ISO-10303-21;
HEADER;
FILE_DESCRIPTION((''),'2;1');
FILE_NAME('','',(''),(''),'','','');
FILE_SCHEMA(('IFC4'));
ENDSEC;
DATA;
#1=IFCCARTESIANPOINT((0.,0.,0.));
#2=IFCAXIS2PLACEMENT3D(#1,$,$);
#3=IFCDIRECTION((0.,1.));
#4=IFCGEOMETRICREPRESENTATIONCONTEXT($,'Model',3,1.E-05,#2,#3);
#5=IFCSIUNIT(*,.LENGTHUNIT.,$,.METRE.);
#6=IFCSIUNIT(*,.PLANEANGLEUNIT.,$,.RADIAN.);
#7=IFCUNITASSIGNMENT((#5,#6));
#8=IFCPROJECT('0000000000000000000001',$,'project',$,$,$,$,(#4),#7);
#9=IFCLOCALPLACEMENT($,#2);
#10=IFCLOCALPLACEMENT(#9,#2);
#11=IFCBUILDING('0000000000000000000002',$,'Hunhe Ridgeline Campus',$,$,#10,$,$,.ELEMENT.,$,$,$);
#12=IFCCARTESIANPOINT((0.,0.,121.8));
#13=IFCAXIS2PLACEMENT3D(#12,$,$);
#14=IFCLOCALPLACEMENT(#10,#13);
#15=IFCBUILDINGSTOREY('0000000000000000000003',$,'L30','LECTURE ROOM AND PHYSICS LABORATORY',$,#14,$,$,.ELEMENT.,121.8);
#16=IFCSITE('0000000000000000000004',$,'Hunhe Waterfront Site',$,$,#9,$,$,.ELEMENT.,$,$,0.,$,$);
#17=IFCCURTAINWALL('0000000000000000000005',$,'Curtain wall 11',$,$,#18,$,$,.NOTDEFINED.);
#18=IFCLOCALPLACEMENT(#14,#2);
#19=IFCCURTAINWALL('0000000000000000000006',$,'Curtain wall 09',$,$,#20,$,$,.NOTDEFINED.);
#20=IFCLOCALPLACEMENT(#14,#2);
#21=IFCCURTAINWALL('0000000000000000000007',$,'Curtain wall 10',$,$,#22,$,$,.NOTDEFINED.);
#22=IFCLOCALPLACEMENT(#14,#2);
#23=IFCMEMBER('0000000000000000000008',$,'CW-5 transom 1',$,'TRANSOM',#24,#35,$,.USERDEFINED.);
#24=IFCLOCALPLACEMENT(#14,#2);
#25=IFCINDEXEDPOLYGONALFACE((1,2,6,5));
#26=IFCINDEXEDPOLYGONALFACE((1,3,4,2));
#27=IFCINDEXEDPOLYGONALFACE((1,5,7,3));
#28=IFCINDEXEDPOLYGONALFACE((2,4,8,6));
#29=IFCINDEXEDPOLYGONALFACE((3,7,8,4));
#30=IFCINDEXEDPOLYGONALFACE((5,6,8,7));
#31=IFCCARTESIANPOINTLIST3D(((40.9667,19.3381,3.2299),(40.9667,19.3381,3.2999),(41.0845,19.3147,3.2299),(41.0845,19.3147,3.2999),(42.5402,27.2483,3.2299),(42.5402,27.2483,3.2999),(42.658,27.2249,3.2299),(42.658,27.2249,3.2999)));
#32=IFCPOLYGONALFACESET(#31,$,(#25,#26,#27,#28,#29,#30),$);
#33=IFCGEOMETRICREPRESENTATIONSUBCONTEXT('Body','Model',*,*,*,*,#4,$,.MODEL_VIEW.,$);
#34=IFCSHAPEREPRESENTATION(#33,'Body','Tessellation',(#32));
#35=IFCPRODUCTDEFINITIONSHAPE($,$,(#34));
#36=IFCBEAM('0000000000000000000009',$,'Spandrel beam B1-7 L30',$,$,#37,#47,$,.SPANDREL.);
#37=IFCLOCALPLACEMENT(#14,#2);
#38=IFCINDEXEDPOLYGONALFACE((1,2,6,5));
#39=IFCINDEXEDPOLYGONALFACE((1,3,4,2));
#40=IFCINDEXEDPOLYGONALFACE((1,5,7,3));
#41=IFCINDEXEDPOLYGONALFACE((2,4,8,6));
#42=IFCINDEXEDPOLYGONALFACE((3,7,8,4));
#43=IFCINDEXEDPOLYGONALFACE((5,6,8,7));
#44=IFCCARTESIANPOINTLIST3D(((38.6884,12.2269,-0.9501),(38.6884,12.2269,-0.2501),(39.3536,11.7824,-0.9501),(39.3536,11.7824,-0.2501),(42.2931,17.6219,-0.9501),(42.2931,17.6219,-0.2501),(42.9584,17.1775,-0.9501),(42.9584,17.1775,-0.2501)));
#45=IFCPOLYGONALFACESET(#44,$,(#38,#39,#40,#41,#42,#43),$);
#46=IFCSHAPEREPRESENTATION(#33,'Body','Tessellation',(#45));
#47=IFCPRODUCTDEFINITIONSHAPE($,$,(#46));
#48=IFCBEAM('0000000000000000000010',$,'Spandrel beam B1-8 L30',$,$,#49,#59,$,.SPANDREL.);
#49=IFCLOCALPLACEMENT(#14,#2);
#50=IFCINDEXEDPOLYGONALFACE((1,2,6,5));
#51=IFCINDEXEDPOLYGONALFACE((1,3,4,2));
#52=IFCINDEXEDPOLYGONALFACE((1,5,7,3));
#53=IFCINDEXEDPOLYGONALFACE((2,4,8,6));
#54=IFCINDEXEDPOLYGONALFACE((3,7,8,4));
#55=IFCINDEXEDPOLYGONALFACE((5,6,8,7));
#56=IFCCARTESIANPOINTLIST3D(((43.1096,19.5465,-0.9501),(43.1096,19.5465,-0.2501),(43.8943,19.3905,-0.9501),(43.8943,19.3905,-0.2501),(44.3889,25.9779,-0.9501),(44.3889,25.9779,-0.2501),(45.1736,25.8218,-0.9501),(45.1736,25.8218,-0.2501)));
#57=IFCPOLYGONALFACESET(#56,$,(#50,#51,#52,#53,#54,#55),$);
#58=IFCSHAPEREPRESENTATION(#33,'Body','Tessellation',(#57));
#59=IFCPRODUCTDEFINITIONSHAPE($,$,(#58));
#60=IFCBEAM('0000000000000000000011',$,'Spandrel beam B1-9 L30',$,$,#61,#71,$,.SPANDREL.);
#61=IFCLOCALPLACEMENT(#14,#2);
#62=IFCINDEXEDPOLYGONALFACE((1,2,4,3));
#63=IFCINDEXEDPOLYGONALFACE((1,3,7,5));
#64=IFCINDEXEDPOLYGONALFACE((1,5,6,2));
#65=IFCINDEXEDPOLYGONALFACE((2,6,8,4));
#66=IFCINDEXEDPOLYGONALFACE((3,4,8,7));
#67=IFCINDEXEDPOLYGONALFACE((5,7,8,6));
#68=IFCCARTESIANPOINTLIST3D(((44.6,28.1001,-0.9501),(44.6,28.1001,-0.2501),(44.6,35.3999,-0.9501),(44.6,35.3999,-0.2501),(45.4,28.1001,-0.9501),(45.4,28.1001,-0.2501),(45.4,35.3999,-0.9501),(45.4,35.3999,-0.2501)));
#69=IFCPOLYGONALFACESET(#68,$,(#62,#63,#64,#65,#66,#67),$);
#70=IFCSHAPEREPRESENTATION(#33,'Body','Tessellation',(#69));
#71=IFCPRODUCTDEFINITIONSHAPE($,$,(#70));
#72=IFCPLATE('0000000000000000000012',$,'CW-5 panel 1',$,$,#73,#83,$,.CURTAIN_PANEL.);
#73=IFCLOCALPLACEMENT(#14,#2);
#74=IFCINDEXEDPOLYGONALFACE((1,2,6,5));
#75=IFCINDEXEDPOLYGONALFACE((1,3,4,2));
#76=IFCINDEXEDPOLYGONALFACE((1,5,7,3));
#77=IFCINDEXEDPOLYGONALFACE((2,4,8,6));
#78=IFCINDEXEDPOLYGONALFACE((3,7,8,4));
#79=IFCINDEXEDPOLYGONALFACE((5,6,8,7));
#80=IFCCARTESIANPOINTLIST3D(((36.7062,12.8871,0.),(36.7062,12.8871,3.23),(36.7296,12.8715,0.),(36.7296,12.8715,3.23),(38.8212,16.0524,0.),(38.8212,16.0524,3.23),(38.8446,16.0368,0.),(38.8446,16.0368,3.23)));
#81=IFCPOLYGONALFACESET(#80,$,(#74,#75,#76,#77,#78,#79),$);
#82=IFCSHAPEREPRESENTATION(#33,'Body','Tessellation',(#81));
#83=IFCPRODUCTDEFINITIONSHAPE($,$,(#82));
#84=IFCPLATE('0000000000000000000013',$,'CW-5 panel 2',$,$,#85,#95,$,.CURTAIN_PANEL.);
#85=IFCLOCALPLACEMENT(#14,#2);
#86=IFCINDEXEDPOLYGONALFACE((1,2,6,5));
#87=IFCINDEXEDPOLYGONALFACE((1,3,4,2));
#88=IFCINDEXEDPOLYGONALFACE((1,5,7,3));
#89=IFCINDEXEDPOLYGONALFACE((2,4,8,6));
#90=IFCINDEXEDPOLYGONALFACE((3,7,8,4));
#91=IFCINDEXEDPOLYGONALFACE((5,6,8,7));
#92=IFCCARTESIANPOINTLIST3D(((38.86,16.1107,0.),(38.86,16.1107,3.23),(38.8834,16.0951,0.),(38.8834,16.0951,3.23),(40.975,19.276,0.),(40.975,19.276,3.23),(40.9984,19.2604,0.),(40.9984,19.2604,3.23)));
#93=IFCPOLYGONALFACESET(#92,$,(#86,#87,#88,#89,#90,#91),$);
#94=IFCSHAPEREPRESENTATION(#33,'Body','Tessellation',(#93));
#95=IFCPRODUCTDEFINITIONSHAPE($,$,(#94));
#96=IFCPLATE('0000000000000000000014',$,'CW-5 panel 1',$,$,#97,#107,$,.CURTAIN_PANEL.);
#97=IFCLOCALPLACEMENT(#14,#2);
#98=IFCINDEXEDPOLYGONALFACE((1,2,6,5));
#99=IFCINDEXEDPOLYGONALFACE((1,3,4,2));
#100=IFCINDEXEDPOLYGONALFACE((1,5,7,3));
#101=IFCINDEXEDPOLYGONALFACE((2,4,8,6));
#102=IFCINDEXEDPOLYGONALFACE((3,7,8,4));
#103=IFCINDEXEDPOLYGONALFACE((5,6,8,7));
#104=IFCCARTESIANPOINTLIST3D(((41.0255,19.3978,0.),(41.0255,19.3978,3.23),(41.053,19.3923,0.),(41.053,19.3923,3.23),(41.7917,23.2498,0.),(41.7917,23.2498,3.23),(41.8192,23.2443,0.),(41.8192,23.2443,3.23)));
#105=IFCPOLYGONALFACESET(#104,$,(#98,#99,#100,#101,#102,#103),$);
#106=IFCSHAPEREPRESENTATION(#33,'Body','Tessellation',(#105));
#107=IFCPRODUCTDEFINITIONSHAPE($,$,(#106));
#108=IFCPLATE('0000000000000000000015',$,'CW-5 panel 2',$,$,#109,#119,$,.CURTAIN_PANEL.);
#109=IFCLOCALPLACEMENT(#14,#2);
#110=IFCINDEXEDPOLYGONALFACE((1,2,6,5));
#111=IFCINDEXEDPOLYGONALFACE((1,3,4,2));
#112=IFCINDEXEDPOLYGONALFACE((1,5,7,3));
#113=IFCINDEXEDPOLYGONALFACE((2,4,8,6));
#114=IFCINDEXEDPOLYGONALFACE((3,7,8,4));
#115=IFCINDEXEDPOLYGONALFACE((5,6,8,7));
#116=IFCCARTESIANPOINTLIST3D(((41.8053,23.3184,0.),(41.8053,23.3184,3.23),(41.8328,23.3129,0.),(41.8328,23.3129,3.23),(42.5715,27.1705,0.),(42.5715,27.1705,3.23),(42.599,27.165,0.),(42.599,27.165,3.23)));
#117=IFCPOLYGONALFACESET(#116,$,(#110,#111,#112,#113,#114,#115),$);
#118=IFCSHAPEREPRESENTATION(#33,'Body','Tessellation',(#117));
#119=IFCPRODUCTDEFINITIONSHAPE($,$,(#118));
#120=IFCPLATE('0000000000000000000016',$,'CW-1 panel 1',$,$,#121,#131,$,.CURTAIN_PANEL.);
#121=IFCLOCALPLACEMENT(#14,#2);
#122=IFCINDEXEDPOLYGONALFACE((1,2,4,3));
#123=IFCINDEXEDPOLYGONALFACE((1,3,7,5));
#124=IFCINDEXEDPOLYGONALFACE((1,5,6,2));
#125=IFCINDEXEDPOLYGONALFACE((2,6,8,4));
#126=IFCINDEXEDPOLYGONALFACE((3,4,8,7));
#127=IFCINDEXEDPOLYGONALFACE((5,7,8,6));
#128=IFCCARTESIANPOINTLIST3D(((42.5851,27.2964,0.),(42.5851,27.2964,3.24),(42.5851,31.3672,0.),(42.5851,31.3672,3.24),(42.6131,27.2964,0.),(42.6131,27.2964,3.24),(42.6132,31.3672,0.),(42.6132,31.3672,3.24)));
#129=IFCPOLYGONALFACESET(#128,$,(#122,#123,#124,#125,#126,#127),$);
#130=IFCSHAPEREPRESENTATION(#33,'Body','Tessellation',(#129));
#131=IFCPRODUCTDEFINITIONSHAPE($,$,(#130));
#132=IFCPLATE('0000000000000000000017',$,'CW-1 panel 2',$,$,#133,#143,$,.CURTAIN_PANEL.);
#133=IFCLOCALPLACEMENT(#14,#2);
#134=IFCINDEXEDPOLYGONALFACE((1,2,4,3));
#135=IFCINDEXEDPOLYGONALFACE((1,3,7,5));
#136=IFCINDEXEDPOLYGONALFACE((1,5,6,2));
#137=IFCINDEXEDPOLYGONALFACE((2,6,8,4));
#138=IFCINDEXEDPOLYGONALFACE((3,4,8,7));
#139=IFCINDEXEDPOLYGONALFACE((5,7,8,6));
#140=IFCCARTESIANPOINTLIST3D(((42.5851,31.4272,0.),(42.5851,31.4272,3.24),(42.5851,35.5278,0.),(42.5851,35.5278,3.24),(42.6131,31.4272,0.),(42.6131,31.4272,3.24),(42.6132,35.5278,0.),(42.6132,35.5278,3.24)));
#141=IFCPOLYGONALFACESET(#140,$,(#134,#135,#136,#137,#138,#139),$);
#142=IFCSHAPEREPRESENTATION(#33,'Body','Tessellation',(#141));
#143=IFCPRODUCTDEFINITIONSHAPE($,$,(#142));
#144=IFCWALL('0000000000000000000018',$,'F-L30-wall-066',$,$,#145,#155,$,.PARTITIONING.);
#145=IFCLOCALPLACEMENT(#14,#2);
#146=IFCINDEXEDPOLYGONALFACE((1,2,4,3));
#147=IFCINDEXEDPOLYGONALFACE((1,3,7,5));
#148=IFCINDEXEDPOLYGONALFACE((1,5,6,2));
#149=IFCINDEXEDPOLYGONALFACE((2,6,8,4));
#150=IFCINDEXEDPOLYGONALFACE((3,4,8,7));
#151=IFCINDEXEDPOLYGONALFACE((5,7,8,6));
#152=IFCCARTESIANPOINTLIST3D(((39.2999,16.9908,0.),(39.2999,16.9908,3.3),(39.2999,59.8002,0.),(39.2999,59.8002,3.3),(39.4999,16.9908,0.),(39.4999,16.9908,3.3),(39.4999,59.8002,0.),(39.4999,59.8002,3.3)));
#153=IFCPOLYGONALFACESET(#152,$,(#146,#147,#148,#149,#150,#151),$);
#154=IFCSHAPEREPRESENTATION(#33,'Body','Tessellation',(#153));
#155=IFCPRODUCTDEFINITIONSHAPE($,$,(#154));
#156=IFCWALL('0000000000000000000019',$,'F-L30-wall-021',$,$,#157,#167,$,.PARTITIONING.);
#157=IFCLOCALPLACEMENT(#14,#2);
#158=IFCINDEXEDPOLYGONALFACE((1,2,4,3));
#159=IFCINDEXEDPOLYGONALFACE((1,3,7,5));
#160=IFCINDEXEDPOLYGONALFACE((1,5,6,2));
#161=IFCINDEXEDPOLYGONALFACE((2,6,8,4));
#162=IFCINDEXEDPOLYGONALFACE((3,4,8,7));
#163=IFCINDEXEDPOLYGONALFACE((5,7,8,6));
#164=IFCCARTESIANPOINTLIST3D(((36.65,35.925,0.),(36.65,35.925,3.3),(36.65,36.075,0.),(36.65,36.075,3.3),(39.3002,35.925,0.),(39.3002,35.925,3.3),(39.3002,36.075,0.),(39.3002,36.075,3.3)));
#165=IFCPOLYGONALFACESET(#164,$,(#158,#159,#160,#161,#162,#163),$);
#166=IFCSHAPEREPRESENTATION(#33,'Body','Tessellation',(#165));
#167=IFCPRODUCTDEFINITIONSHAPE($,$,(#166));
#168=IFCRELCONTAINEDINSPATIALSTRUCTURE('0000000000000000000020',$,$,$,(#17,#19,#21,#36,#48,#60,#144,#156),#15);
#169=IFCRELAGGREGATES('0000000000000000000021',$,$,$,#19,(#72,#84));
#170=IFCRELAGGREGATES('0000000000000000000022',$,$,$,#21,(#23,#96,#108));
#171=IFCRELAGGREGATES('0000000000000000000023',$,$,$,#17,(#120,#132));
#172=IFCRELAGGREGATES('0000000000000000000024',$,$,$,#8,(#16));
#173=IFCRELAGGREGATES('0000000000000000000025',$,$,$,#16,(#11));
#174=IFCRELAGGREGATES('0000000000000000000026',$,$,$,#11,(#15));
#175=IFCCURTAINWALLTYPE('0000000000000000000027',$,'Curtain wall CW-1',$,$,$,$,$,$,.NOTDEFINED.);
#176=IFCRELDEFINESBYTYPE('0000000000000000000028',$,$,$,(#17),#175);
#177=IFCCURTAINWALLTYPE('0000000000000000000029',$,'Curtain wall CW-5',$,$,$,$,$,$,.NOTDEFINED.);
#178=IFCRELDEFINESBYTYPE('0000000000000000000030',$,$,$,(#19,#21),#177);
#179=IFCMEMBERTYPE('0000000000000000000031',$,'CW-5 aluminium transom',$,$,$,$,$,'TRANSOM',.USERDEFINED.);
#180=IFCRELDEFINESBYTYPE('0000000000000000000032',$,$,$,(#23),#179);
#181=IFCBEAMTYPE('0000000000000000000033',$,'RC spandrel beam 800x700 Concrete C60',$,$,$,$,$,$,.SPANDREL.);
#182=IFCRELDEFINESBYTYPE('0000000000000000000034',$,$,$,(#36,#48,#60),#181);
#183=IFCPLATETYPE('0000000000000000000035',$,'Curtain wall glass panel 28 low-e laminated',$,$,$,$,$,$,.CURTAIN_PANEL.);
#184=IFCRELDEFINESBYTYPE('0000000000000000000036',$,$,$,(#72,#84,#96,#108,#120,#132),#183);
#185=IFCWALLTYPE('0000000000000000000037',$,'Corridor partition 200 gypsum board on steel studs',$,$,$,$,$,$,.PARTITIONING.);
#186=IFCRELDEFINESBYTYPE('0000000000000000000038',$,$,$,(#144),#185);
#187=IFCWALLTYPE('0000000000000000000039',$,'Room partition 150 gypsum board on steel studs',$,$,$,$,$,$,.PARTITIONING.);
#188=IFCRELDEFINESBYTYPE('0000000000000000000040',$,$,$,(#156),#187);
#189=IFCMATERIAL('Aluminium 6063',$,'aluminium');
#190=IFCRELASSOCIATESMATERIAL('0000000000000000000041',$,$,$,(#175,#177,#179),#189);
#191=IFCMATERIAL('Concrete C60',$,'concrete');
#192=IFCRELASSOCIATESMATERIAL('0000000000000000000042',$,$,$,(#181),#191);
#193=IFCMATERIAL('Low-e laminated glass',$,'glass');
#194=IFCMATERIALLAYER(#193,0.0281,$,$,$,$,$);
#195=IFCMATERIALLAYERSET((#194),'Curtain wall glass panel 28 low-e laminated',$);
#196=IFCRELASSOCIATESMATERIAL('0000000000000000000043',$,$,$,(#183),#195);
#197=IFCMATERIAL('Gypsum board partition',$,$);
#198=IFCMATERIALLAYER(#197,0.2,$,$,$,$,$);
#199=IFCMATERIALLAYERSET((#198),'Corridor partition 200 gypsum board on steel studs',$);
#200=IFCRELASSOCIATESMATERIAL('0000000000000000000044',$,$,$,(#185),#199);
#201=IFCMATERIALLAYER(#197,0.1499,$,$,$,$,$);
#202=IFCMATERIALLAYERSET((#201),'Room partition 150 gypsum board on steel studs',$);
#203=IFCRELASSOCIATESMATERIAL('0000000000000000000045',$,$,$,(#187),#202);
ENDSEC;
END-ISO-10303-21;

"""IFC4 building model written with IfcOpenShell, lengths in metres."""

from ifc_helpers import new_model, si_unit, direction, frame, frame_2d, origin, origin_2d, place, context, subcontext, project, spatial, rectangle, extrude, material, layer, layer_set, material_profile, profile_set, type_object, element, aggregate, save


model = new_model("IFC4")

# Units and contexts
model_context = context("Model", 3, precision=1e-05, world=origin(), true_north=direction((0.0, 1.0)))
body_context = subcontext(model_context, "Body", "Model", "MODEL_VIEW")
ifc_project = project(units=[si_unit("LENGTHUNIT", "METRE"), si_unit("PLANEANGLEUNIT", "RADIAN")], contexts=[model_context])

# Site, building, storey
site_placement = place(None, origin())
site = spatial("IfcSite", under=ifc_project, at=site_placement, Name="Hunhe Waterfront Site", CompositionType="ELEMENT", RefElevation=0.0)
building_placement = place(site_placement, origin())
building = spatial("IfcBuilding", under=site, at=building_placement, Name="Hunhe Ridgeline Campus", CompositionType="ELEMENT")
storey_placement = place(building_placement, frame((0.0, 0.0, 121.8)))
storey = spatial("IfcBuildingStorey", under=building, at=storey_placement, Name="L30", Description="LECTURE ROOM AND PHYSICS LABORATORY", CompositionType="ELEMENT", Elevation=121.8)

# Curtain walls
ifc_material_1 = material(Name="Aluminium 6063", Category="aluminium")
curtain_wall_type_1 = type_object("IfcCurtainWallType", Name="Curtain wall CW-1", PredefinedType="NOTDEFINED", material=ifc_material_1)
curtain_wall_1_placement = place(storey_placement, origin())
curtain_wall_1 = element("IfcCurtainWall", 1, at=curtain_wall_1_placement, inside=storey, type_object=curtain_wall_type_1, Name="Curtain wall 11", PredefinedType="NOTDEFINED")
curtain_wall_type_2 = type_object("IfcCurtainWallType", Name="Curtain wall CW-5", PredefinedType="NOTDEFINED", material=ifc_material_1)
curtain_wall_2_placement = place(storey_placement, origin())
curtain_wall_2 = element("IfcCurtainWall", 2, at=curtain_wall_2_placement, inside=storey, type_object=curtain_wall_type_2, Name="Curtain wall 09", PredefinedType="NOTDEFINED")
curtain_wall_3_placement = place(storey_placement, origin())
curtain_wall_3 = element("IfcCurtainWall", 3, at=curtain_wall_3_placement, inside=storey, type_object=curtain_wall_type_2, Name="Curtain wall 10", PredefinedType="NOTDEFINED")

# Member
ifc_material_profile_1 = material_profile(ifc_material_1, rectangle(XDim=0.1201, YDim=0.0701, at=origin_2d()))
ifc_profile_set_1 = profile_set([ifc_material_profile_1], Name="Aluminium 6063")
member_type_1 = type_object("IfcMemberType", Name="CW-5 aluminium transom", ElementType="TRANSOM", PredefinedType="USERDEFINED", material=ifc_profile_set_1)
member_1_placement = place(storey_placement, frame((41.0256, 19.3264, 3.2649), z_axis=(0.195097, 0.980784, 0.0), x_axis=(-0.980784, 0.195097, 0.0)))
member_1 = element("IfcMember", 4, at=member_1_placement, type_object=member_type_1, Name="CW-5 transom 1", ObjectType="TRANSOM", PredefinedType="USERDEFINED", context=body_context, shape_type="SweptSolid", body=[
    extrude(rectangle(XDim=0.1201, YDim=0.0701, at=origin_2d()), origin(), (0.0, 0.0, 1.0), 8.0652),
])

# Beams
ifc_material_2 = material(Name="Concrete C60", Category="concrete")
ifc_material_profile_2 = material_profile(ifc_material_2, rectangle(XDim=0.8, YDim=0.7, at=origin_2d()))
ifc_profile_set_2 = profile_set([ifc_material_profile_2], Name="Concrete C60")
beam_type = type_object("IfcBeamType", Name="RC spandrel beam 800x700 Concrete C60", PredefinedType="SPANDREL", material=ifc_profile_set_2)
beam_1_placement = place(storey_placement, frame((39.021, 12.0046, -0.6001), z_axis=(0.55556, 0.831477, 0.0), x_axis=(-0.831477, 0.55556, 0.0)))
element("IfcBeam", 5, at=beam_1_placement, inside=storey, type_object=beam_type, Name="Spandrel beam B1-7 L30", PredefinedType="SPANDREL", context=body_context, shape_type="SweptSolid", body=[
    extrude(rectangle(XDim=0.8, YDim=0.7, at=origin_2d()), origin(), (0.0, 0.0, 1.0), 6.4885),
])
beam_2_placement = place(storey_placement, frame((43.502, 19.4685, -0.6001), z_axis=(0.195092, 0.980785, 0.0), x_axis=(-0.980785, 0.195092, 0.0)))
element("IfcBeam", 6, at=beam_2_placement, inside=storey, type_object=beam_type, Name="Spandrel beam B1-8 L30", PredefinedType="SPANDREL", context=body_context, shape_type="SweptSolid", body=[
    extrude(rectangle(XDim=0.8, YDim=0.7, at=origin_2d()), origin(), (0.0, 0.0, 1.0), 6.5574),
])
beam_3_placement = place(storey_placement, frame((45.0, 28.1001, -0.6001), z_axis=(0.0, 1.0, 0.0), x_axis=(-1.0, 0.0, 0.0)))
element("IfcBeam", 7, at=beam_3_placement, inside=storey, type_object=beam_type, Name="Spandrel beam B1-9 L30", PredefinedType="SPANDREL", context=body_context, shape_type="SweptSolid", body=[
    extrude(rectangle(XDim=0.8, YDim=0.7, at=origin_2d()), origin(), (0.0, 0.0, 1.0), 7.2998),
])

# Plates
ifc_material_3 = material(Name="Low-e laminated glass", Category="glass")
ifc_layer_1 = layer(ifc_material_3, 0.0281)
ifc_layer_set_1 = layer_set([ifc_layer_1], Name="Curtain wall glass panel 28 low-e laminated")
plate_type = type_object("IfcPlateType", Name="Curtain wall glass panel 28 low-e laminated", PredefinedType="CURTAIN_PANEL", material=ifc_layer_set_1)
plate_1_placement = place(storey_placement, frame((37.7754, 14.4619, 0.0), z_axis=(0.0, 0.0, 1.0), x_axis=(0.55557, 0.83147, 0.0)))
plate_1 = element("IfcPlate", 8, at=plate_1_placement, type_object=plate_type, Name="CW-5 panel 1", PredefinedType="CURTAIN_PANEL", context=body_context, shape_type="SweptSolid", body=[
    extrude(rectangle(XDim=3.8069, YDim=0.0281, at=origin_2d()), origin(), (0.0, 0.0, 1.0), 3.23),
])
plate_2_placement = place(storey_placement, frame((39.9292, 17.6855, 0.0), z_axis=(0.0, 0.0, 1.0), x_axis=(0.55557, 0.83147, 0.0)))
plate_2 = element("IfcPlate", 9, at=plate_2_placement, type_object=plate_type, Name="CW-5 panel 2", PredefinedType="CURTAIN_PANEL", context=body_context, shape_type="SweptSolid", body=[
    extrude(rectangle(XDim=3.8069, YDim=0.0281, at=origin_2d()), origin(), (0.0, 0.0, 1.0), 3.23),
])
aggregate(curtain_wall_2, [plate_1, plate_2])
plate_3_placement = place(storey_placement, frame((41.4224, 21.321, 0.0), z_axis=(0.0, 0.0, 1.0), x_axis=(0.19509, 0.980785, 0.0)))
plate_3 = element("IfcPlate", 10, at=plate_3_placement, type_object=plate_type, Name="CW-5 panel 1", PredefinedType="CURTAIN_PANEL", context=body_context, shape_type="SweptSolid", body=[
    extrude(rectangle(XDim=3.9275, YDim=0.0281, at=origin_2d()), origin(), (0.0, 0.0, 1.0), 3.23),
])
plate_4_placement = place(storey_placement, frame((42.2021, 25.2417, 0.0), z_axis=(0.0, 0.0, 1.0), x_axis=(0.19509, 0.980785, 0.0)))
plate_4 = element("IfcPlate", 11, at=plate_4_placement, type_object=plate_type, Name="CW-5 panel 2", PredefinedType="CURTAIN_PANEL", context=body_context, shape_type="SweptSolid", body=[
    extrude(rectangle(XDim=3.9275, YDim=0.0281, at=origin_2d()), origin(), (0.0, 0.0, 1.0), 3.23),
])
aggregate(curtain_wall_3, [member_1, plate_3, plate_4])
plate_5_placement = place(storey_placement, frame((42.5991, 29.3318, 0.0), z_axis=(0.0, 0.0, 1.0), x_axis=(0.000011, 1.0, 0.0)))
plate_5 = element("IfcPlate", 12, at=plate_5_placement, type_object=plate_type, Name="CW-1 panel 1", PredefinedType="CURTAIN_PANEL", context=body_context, shape_type="SweptSolid", body=[
    extrude(rectangle(XDim=4.0708, YDim=0.0281, at=origin_2d()), origin(), (0.0, 0.0, 1.0), 3.24),
])
plate_6_placement = place(storey_placement, frame((42.5991, 33.4775, 0.0), z_axis=(0.0, 0.0, 1.0), x_axis=(0.000011, 1.0, 0.0)))
plate_6 = element("IfcPlate", 13, at=plate_6_placement, type_object=plate_type, Name="CW-1 panel 2", PredefinedType="CURTAIN_PANEL", context=body_context, shape_type="SweptSolid", body=[
    extrude(rectangle(XDim=4.1006, YDim=0.0281, at=origin_2d()), origin(), (0.0, 0.0, 1.0), 3.24),
])
aggregate(curtain_wall_1, [plate_5, plate_6])

# Walls
ifc_material_4 = material(Name="Gypsum board partition")
ifc_layer_2 = layer(ifc_material_4, 0.2)
ifc_layer_set_2 = layer_set([ifc_layer_2], Name="Corridor partition 200 gypsum board on steel studs")
wall_type_1 = type_object("IfcWallType", Name="Corridor partition 200 gypsum board on steel studs", PredefinedType="PARTITIONING", material=ifc_layer_set_2)
wall_1_placement = place(storey_placement, frame((39.3999, 16.9907, 0.0), z_axis=(0.0, 0.0, 1.0), x_axis=(0.0, 1.0, 0.0)))
element("IfcWall", 14, at=wall_1_placement, inside=storey, type_object=wall_type_1, Name="F-L30-wall-066", PredefinedType="PARTITIONING", context=body_context, shape_type="SweptSolid", body=[
    extrude(rectangle(XDim=42.8093, YDim=0.2, at=frame_2d((21.4048, 0.0))), origin(), (0.0, 0.0, 1.0), 3.3),
])
ifc_layer_3 = layer(ifc_material_4, 0.1499)
ifc_layer_set_3 = layer_set([ifc_layer_3], Name="Room partition 150 gypsum board on steel studs")
wall_type_2 = type_object("IfcWallType", Name="Room partition 150 gypsum board on steel studs", PredefinedType="PARTITIONING", material=ifc_layer_set_3)
wall_2_placement = place(storey_placement, frame((36.6499, 36.0, 0.0), z_axis=(0.0, 0.0, 1.0), x_axis=(1.0, 0.0, 0.0)))
element("IfcWall", 15, at=wall_2_placement, inside=storey, type_object=wall_type_2, Name="F-L30-wall-021", PredefinedType="PARTITIONING", context=body_context, shape_type="SweptSolid", body=[
    extrude(rectangle(XDim=2.6501, YDim=0.1499, at=frame_2d((1.3252, 0.0))), origin(), (0.0, 0.0, 1.0), 3.3),
])

save(model, "model.ifc")
